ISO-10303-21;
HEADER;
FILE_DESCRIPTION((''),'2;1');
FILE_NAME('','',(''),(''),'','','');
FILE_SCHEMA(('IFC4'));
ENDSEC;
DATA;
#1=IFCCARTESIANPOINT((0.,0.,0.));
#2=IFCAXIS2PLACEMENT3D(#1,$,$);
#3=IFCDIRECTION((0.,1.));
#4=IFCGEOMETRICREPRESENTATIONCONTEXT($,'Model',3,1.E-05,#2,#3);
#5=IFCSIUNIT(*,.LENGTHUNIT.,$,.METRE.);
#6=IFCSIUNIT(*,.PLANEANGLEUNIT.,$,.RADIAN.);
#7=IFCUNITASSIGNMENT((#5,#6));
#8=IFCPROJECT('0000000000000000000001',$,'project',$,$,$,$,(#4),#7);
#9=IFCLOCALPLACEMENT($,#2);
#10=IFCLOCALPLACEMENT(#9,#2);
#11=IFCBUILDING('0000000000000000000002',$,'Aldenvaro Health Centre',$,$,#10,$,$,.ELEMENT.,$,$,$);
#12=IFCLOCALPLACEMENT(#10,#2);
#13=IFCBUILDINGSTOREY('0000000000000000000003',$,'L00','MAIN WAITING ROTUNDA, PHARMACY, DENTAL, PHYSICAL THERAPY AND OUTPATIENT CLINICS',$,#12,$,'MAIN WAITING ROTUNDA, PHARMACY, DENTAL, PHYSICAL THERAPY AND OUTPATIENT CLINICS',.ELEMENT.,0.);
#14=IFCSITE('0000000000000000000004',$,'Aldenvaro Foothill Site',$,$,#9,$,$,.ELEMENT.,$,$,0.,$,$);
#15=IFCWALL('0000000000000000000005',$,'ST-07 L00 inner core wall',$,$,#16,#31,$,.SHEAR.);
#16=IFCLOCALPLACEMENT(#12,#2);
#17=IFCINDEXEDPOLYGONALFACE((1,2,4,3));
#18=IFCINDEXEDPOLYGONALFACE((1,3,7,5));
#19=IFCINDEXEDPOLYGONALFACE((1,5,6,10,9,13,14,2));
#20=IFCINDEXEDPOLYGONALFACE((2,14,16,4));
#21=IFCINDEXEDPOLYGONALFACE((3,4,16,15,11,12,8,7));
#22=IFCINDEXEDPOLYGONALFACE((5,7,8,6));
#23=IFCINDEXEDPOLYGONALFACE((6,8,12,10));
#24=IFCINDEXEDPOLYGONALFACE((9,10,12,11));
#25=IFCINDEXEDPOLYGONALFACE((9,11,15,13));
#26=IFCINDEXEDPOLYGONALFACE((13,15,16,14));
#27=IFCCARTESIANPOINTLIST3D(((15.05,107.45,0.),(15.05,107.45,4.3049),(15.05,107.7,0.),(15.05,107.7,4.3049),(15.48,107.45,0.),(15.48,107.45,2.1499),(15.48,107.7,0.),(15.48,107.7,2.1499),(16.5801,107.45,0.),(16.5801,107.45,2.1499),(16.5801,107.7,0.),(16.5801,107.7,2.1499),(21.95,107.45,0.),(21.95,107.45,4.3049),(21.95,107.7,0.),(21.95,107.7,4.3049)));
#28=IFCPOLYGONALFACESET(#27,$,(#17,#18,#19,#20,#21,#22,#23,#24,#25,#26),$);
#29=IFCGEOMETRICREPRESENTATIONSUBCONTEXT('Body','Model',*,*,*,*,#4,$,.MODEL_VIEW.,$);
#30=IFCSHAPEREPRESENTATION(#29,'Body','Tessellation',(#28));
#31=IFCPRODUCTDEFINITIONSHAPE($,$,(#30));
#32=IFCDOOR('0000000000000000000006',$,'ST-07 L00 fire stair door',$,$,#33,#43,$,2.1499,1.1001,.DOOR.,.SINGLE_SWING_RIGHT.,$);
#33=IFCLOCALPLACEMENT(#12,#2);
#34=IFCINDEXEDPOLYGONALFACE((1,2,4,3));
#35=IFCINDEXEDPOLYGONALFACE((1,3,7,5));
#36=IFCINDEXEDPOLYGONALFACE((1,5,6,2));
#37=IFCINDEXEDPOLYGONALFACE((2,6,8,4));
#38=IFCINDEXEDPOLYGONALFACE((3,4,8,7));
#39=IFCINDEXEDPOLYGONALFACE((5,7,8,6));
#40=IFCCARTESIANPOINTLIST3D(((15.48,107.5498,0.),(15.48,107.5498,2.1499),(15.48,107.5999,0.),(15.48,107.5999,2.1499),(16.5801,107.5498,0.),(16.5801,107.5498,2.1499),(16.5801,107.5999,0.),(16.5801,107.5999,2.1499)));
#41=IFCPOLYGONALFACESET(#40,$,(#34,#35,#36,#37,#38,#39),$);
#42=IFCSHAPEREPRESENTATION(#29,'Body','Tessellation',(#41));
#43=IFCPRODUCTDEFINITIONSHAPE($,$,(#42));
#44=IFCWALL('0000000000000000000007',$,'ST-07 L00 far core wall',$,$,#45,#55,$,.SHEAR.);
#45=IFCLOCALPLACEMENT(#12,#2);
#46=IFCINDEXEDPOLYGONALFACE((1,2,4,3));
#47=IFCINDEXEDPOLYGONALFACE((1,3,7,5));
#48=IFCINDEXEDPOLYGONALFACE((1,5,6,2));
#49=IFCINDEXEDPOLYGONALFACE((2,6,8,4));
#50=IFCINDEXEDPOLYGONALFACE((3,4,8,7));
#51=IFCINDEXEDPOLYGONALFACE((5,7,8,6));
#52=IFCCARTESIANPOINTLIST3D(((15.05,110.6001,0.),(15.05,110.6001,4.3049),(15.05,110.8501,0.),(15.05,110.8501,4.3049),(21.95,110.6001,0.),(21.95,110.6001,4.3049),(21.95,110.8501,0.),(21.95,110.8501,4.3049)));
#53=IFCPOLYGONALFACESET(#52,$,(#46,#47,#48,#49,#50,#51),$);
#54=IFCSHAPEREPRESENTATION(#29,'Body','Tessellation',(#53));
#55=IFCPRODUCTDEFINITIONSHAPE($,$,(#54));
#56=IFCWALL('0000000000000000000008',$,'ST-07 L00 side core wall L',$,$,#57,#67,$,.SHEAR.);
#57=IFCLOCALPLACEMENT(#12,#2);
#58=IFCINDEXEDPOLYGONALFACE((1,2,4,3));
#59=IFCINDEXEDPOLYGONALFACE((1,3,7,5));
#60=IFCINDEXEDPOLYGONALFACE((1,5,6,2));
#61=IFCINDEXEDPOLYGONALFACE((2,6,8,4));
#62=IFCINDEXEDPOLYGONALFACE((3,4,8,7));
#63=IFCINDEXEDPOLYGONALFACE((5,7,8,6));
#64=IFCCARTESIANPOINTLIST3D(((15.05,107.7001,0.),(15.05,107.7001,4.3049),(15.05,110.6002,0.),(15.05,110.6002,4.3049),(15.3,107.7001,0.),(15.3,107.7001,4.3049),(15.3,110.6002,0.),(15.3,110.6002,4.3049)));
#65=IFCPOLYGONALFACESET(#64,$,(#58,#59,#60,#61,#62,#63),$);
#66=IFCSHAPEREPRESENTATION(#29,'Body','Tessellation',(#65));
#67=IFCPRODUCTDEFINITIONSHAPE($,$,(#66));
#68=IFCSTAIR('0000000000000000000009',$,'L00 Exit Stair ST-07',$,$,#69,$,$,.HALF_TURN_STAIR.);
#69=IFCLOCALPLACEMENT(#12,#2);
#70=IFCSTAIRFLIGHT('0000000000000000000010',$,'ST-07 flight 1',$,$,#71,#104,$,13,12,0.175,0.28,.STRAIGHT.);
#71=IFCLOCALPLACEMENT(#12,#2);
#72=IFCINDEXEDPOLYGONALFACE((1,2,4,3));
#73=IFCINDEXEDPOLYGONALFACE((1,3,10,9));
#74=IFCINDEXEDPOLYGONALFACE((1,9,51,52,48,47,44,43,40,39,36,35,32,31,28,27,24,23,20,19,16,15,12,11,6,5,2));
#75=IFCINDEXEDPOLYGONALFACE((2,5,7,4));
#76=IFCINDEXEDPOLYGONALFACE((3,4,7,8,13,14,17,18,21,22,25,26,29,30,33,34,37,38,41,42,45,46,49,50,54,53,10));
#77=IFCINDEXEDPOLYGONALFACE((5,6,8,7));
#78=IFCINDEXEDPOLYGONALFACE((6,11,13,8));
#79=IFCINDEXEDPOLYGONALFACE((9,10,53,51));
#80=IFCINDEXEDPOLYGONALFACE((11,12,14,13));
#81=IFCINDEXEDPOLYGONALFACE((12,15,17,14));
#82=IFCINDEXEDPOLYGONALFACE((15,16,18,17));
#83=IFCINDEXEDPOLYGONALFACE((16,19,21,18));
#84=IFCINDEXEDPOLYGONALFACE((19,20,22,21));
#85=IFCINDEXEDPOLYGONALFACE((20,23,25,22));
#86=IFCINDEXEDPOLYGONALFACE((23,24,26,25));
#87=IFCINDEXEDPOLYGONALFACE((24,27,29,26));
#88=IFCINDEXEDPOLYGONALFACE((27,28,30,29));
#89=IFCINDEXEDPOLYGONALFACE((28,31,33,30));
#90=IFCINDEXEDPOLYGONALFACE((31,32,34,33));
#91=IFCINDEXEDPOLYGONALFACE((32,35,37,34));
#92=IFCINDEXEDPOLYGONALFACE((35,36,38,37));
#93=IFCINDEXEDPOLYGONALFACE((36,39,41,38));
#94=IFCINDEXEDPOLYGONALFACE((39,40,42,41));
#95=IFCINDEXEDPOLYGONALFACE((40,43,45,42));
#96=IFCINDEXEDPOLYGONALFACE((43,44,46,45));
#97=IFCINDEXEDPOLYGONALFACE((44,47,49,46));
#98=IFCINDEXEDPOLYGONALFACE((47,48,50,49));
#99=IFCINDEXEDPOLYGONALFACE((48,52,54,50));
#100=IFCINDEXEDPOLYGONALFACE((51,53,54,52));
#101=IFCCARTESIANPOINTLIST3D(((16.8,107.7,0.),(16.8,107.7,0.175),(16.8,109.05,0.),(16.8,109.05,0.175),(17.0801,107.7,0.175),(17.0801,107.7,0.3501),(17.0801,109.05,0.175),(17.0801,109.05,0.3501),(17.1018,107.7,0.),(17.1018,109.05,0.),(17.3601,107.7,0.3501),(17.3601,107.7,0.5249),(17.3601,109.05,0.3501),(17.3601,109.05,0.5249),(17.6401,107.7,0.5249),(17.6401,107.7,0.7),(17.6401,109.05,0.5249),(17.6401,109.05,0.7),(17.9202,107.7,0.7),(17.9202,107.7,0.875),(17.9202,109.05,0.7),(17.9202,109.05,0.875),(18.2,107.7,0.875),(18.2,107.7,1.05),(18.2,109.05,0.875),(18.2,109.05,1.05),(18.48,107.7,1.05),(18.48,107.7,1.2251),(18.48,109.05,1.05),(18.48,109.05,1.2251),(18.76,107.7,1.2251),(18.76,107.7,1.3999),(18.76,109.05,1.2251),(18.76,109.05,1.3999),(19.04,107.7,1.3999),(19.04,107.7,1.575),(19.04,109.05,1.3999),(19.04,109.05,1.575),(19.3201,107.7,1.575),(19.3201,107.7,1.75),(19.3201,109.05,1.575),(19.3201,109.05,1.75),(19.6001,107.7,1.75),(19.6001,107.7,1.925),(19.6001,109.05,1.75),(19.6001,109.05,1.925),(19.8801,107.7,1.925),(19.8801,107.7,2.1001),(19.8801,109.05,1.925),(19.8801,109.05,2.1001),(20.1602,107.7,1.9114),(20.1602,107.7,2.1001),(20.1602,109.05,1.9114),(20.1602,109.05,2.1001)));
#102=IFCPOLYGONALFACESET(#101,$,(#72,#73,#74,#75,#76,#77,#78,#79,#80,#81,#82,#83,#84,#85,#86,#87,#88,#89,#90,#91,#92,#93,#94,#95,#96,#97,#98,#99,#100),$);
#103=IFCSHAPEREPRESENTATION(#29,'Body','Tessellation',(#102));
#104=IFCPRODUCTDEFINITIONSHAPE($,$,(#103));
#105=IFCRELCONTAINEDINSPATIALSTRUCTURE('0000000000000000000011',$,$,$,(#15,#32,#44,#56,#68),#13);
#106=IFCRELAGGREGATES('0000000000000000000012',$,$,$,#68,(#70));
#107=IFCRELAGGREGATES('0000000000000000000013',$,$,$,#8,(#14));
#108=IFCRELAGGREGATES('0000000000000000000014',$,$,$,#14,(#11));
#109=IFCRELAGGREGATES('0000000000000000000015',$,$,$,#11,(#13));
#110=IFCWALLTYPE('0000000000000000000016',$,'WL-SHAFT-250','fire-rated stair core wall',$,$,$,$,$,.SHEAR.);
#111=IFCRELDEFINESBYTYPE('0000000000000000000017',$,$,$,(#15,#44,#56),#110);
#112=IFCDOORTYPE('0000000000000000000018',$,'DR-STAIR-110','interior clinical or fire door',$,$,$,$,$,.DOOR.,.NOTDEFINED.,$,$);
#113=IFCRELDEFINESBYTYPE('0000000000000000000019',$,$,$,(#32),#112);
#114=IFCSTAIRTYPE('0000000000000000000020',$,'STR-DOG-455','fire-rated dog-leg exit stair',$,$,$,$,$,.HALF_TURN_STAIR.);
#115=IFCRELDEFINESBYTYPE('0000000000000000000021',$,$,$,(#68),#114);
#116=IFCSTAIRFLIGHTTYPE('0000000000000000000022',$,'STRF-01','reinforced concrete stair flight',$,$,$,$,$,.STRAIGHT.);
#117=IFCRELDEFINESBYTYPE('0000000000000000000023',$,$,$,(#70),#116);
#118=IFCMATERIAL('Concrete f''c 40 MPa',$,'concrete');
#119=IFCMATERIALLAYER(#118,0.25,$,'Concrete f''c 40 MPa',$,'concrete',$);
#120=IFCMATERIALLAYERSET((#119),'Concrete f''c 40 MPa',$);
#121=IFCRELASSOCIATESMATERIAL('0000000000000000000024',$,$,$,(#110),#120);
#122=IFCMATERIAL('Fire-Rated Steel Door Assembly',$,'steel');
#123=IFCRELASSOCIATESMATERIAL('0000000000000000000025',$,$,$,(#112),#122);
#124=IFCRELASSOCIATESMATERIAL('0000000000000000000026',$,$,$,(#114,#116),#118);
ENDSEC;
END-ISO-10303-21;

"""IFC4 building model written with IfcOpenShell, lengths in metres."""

from ifc_helpers import new_model, si_unit, direction, frame, frame_2d, origin, place, context, subcontext, project, spatial, polyline, rectangle, outline, extrude, material, layer, layer_set, type_object, element, fill, aggregate, save


model = new_model("IFC4")

# Units and contexts
model_context = context("Model", 3, precision=1e-05, world=origin(), true_north=direction((0.0, 1.0)))
body_context = subcontext(model_context, "Body", "Model", "MODEL_VIEW")
ifc_project = project(units=[si_unit("LENGTHUNIT", "METRE"), si_unit("PLANEANGLEUNIT", "RADIAN")], contexts=[model_context])

# Site, building, storey
site_placement = place(None, origin())
site = spatial("IfcSite", under=ifc_project, at=site_placement, Name="Aldenvaro Foothill Site", CompositionType="ELEMENT", RefElevation=0.0)
building_placement = place(site_placement, origin())
building = spatial("IfcBuilding", under=site, at=building_placement, Name="Aldenvaro Health Centre", CompositionType="ELEMENT")
storey_placement = place(building_placement, origin())
storey = spatial("IfcBuildingStorey", under=building, at=storey_placement, Name="L00", Description="MAIN WAITING ROTUNDA, PHARMACY, DENTAL, PHYSICAL THERAPY AND OUTPATIENT CLINICS", LongName="MAIN WAITING ROTUNDA, PHARMACY, DENTAL, PHYSICAL THERAPY AND OUTPATIENT CLINICS", CompositionType="ELEMENT", Elevation=0.0)

# Shared definitions
ifc_material_1 = material(Name="Concrete f'c 40 MPa", Category="concrete")

# Wall, opening, door
ifc_layer_1 = layer(ifc_material_1, 0.25, Name="Concrete f'c 40 MPa", Category="concrete")
ifc_layer_set_1 = layer_set([ifc_layer_1], Name="Concrete f'c 40 MPa")
wall_type_1 = type_object("IfcWallType", Name="WL-SHAFT-250", Description="fire-rated stair core wall", PredefinedType="SHEAR", material=ifc_layer_set_1)
wall_1_placement = place(storey_placement, frame((15.05, 107.575, 0.0), z_axis=(0.0, 0.0, 1.0), x_axis=(1.0, 0.0, 0.0)))
wall_1 = element("IfcWall", 1, at=wall_1_placement, inside=storey, type_object=wall_type_1, Name="ST-07 L00 inner core wall", PredefinedType="SHEAR", context=body_context, shape_type="SweptSolid", body=[
    extrude(rectangle(XDim=6.8999, YDim=0.25, at=frame_2d((3.45, 0.0))), origin(), (0.0, 0.0, 1.0), 4.3049),
])
opening_1_placement = place(wall_1_placement, frame((0.4299, 0.0, 0.0)))
opening_1 = element("IfcOpeningElement", 2, at=opening_1_placement, cuts=wall_1, PredefinedType="OPENING", context=body_context, shape_type="SweptSolid", body=[
    extrude(rectangle(XDim=1.1001, YDim=2.1499, at=frame_2d((0.55, 1.075))), frame((0.0, 0.135, 0.0), z_axis=(0.0, -1.0, 0.0), x_axis=(1.0, 0.0, 0.0)), (0.0, 0.0, 1.0), 0.27),
])
ifc_material_2 = material(Name="Fire-Rated Steel Door Assembly", Category="steel")
door_type_1 = type_object("IfcDoorType", Name="DR-STAIR-110", Description="interior clinical or fire door", OperationType="NOTDEFINED", PredefinedType="DOOR", material=ifc_material_2)
door_1_placement = place(opening_1_placement, origin())
door_1 = element("IfcDoor", 3, at=door_1_placement, inside=storey, type_object=door_type_1, Name="ST-07 L00 fire stair door", OperationType="SINGLE_SWING_RIGHT", OverallHeight=2.1499, OverallWidth=1.1001, PredefinedType="DOOR", context=body_context, shape_type="SweptSolid", body=[
    extrude(rectangle(XDim=1.1001, YDim=2.1499, at=frame_2d((0.55, 1.075))), frame((0.0, 0.0249, 0.0), z_axis=(0.0, -1.0, 0.0), x_axis=(1.0, 0.0, 0.0)), (0.0, 0.0, 1.0), 0.05),
])
fill(opening_1, door_1)

# Walls
wall_2_placement = place(storey_placement, frame((15.05, 110.7251, 0.0), z_axis=(0.0, 0.0, 1.0), x_axis=(1.0, 0.0, 0.0)))
element("IfcWall", 4, at=wall_2_placement, inside=storey, type_object=wall_type_1, Name="ST-07 L00 far core wall", PredefinedType="SHEAR", context=body_context, shape_type="SweptSolid", body=[
    extrude(rectangle(XDim=6.8999, YDim=0.25, at=frame_2d((3.45, 0.0))), origin(), (0.0, 0.0, 1.0), 4.3049),
])
wall_3_placement = place(storey_placement, frame((15.175, 107.7, 0.0), z_axis=(0.0, 0.0, 1.0), x_axis=(0.0, 1.0, 0.0)))
element("IfcWall", 5, at=wall_3_placement, inside=storey, type_object=wall_type_1, Name="ST-07 L00 side core wall L", PredefinedType="SHEAR", context=body_context, shape_type="SweptSolid", body=[
    extrude(rectangle(XDim=2.9001, YDim=0.25, at=frame_2d((1.4502, 0.0))), origin(), (0.0, 0.0, 1.0), 4.3049),
])

# Stair, stair flight
stair_type = type_object("IfcStairType", Name="STR-DOG-455", Description="fire-rated dog-leg exit stair", PredefinedType="HALF_TURN_STAIR", material=ifc_material_1)
stair_placement = place(storey_placement, origin())
stair = element("IfcStair", 6, at=stair_placement, inside=storey, type_object=stair_type, Name="L00 Exit Stair ST-07", PredefinedType="HALF_TURN_STAIR")
stair_flight_type = type_object("IfcStairFlightType", Name="STRF-01", Description="reinforced concrete stair flight", PredefinedType="STRAIGHT", material=ifc_material_1)
stair_flight_placement = place(storey_placement, frame((16.8, 108.375, 0.0), z_axis=(0.0, 0.0, 1.0), x_axis=(1.0, 0.0, 0.0)))
stair_flight = element("IfcStairFlight", 7, at=stair_flight_placement, type_object=stair_flight_type, Name="ST-07 flight 1", NumberOfRisers=13, NumberOfTreads=12, PredefinedType="STRAIGHT", RiserHeight=0.175, TreadLength=0.28, context=body_context, shape_type="SweptSolid", body=[
    extrude(outline(polyline([(0.0, 0.0), (0.0, 0.175), (0.28, 0.175), (0.28, 0.3501), (0.5601, 0.3501), (0.5601, 0.5249), (0.8401, 0.5249), (0.8401, 0.7), (1.1201, 0.7), (1.1201, 0.875), (1.3999, 0.875), (1.3999, 1.05), (1.6799, 1.05), (1.6799, 1.2251), (1.96, 1.2251), (1.96, 1.3999), (2.24, 1.3999), (2.24, 1.575), (2.52, 1.575), (2.52, 1.75), (2.8, 1.75), (2.8, 1.925), (3.0801, 1.925), (3.0801, 2.1001), (3.3601, 2.1001), (3.3601, 2.2749), (3.3601, 1.9114), (0.3018, 0.0), (0.0, 0.0)])), frame((0.0, 0.675, 0.0), z_axis=(0.0, -1.0, 0.0), x_axis=(1.0, 0.0, 0.0)), (0.0, 0.0, 1.0), 1.3501),
])
aggregate(stair, [stair_flight])

save(model, "model.ifc")
